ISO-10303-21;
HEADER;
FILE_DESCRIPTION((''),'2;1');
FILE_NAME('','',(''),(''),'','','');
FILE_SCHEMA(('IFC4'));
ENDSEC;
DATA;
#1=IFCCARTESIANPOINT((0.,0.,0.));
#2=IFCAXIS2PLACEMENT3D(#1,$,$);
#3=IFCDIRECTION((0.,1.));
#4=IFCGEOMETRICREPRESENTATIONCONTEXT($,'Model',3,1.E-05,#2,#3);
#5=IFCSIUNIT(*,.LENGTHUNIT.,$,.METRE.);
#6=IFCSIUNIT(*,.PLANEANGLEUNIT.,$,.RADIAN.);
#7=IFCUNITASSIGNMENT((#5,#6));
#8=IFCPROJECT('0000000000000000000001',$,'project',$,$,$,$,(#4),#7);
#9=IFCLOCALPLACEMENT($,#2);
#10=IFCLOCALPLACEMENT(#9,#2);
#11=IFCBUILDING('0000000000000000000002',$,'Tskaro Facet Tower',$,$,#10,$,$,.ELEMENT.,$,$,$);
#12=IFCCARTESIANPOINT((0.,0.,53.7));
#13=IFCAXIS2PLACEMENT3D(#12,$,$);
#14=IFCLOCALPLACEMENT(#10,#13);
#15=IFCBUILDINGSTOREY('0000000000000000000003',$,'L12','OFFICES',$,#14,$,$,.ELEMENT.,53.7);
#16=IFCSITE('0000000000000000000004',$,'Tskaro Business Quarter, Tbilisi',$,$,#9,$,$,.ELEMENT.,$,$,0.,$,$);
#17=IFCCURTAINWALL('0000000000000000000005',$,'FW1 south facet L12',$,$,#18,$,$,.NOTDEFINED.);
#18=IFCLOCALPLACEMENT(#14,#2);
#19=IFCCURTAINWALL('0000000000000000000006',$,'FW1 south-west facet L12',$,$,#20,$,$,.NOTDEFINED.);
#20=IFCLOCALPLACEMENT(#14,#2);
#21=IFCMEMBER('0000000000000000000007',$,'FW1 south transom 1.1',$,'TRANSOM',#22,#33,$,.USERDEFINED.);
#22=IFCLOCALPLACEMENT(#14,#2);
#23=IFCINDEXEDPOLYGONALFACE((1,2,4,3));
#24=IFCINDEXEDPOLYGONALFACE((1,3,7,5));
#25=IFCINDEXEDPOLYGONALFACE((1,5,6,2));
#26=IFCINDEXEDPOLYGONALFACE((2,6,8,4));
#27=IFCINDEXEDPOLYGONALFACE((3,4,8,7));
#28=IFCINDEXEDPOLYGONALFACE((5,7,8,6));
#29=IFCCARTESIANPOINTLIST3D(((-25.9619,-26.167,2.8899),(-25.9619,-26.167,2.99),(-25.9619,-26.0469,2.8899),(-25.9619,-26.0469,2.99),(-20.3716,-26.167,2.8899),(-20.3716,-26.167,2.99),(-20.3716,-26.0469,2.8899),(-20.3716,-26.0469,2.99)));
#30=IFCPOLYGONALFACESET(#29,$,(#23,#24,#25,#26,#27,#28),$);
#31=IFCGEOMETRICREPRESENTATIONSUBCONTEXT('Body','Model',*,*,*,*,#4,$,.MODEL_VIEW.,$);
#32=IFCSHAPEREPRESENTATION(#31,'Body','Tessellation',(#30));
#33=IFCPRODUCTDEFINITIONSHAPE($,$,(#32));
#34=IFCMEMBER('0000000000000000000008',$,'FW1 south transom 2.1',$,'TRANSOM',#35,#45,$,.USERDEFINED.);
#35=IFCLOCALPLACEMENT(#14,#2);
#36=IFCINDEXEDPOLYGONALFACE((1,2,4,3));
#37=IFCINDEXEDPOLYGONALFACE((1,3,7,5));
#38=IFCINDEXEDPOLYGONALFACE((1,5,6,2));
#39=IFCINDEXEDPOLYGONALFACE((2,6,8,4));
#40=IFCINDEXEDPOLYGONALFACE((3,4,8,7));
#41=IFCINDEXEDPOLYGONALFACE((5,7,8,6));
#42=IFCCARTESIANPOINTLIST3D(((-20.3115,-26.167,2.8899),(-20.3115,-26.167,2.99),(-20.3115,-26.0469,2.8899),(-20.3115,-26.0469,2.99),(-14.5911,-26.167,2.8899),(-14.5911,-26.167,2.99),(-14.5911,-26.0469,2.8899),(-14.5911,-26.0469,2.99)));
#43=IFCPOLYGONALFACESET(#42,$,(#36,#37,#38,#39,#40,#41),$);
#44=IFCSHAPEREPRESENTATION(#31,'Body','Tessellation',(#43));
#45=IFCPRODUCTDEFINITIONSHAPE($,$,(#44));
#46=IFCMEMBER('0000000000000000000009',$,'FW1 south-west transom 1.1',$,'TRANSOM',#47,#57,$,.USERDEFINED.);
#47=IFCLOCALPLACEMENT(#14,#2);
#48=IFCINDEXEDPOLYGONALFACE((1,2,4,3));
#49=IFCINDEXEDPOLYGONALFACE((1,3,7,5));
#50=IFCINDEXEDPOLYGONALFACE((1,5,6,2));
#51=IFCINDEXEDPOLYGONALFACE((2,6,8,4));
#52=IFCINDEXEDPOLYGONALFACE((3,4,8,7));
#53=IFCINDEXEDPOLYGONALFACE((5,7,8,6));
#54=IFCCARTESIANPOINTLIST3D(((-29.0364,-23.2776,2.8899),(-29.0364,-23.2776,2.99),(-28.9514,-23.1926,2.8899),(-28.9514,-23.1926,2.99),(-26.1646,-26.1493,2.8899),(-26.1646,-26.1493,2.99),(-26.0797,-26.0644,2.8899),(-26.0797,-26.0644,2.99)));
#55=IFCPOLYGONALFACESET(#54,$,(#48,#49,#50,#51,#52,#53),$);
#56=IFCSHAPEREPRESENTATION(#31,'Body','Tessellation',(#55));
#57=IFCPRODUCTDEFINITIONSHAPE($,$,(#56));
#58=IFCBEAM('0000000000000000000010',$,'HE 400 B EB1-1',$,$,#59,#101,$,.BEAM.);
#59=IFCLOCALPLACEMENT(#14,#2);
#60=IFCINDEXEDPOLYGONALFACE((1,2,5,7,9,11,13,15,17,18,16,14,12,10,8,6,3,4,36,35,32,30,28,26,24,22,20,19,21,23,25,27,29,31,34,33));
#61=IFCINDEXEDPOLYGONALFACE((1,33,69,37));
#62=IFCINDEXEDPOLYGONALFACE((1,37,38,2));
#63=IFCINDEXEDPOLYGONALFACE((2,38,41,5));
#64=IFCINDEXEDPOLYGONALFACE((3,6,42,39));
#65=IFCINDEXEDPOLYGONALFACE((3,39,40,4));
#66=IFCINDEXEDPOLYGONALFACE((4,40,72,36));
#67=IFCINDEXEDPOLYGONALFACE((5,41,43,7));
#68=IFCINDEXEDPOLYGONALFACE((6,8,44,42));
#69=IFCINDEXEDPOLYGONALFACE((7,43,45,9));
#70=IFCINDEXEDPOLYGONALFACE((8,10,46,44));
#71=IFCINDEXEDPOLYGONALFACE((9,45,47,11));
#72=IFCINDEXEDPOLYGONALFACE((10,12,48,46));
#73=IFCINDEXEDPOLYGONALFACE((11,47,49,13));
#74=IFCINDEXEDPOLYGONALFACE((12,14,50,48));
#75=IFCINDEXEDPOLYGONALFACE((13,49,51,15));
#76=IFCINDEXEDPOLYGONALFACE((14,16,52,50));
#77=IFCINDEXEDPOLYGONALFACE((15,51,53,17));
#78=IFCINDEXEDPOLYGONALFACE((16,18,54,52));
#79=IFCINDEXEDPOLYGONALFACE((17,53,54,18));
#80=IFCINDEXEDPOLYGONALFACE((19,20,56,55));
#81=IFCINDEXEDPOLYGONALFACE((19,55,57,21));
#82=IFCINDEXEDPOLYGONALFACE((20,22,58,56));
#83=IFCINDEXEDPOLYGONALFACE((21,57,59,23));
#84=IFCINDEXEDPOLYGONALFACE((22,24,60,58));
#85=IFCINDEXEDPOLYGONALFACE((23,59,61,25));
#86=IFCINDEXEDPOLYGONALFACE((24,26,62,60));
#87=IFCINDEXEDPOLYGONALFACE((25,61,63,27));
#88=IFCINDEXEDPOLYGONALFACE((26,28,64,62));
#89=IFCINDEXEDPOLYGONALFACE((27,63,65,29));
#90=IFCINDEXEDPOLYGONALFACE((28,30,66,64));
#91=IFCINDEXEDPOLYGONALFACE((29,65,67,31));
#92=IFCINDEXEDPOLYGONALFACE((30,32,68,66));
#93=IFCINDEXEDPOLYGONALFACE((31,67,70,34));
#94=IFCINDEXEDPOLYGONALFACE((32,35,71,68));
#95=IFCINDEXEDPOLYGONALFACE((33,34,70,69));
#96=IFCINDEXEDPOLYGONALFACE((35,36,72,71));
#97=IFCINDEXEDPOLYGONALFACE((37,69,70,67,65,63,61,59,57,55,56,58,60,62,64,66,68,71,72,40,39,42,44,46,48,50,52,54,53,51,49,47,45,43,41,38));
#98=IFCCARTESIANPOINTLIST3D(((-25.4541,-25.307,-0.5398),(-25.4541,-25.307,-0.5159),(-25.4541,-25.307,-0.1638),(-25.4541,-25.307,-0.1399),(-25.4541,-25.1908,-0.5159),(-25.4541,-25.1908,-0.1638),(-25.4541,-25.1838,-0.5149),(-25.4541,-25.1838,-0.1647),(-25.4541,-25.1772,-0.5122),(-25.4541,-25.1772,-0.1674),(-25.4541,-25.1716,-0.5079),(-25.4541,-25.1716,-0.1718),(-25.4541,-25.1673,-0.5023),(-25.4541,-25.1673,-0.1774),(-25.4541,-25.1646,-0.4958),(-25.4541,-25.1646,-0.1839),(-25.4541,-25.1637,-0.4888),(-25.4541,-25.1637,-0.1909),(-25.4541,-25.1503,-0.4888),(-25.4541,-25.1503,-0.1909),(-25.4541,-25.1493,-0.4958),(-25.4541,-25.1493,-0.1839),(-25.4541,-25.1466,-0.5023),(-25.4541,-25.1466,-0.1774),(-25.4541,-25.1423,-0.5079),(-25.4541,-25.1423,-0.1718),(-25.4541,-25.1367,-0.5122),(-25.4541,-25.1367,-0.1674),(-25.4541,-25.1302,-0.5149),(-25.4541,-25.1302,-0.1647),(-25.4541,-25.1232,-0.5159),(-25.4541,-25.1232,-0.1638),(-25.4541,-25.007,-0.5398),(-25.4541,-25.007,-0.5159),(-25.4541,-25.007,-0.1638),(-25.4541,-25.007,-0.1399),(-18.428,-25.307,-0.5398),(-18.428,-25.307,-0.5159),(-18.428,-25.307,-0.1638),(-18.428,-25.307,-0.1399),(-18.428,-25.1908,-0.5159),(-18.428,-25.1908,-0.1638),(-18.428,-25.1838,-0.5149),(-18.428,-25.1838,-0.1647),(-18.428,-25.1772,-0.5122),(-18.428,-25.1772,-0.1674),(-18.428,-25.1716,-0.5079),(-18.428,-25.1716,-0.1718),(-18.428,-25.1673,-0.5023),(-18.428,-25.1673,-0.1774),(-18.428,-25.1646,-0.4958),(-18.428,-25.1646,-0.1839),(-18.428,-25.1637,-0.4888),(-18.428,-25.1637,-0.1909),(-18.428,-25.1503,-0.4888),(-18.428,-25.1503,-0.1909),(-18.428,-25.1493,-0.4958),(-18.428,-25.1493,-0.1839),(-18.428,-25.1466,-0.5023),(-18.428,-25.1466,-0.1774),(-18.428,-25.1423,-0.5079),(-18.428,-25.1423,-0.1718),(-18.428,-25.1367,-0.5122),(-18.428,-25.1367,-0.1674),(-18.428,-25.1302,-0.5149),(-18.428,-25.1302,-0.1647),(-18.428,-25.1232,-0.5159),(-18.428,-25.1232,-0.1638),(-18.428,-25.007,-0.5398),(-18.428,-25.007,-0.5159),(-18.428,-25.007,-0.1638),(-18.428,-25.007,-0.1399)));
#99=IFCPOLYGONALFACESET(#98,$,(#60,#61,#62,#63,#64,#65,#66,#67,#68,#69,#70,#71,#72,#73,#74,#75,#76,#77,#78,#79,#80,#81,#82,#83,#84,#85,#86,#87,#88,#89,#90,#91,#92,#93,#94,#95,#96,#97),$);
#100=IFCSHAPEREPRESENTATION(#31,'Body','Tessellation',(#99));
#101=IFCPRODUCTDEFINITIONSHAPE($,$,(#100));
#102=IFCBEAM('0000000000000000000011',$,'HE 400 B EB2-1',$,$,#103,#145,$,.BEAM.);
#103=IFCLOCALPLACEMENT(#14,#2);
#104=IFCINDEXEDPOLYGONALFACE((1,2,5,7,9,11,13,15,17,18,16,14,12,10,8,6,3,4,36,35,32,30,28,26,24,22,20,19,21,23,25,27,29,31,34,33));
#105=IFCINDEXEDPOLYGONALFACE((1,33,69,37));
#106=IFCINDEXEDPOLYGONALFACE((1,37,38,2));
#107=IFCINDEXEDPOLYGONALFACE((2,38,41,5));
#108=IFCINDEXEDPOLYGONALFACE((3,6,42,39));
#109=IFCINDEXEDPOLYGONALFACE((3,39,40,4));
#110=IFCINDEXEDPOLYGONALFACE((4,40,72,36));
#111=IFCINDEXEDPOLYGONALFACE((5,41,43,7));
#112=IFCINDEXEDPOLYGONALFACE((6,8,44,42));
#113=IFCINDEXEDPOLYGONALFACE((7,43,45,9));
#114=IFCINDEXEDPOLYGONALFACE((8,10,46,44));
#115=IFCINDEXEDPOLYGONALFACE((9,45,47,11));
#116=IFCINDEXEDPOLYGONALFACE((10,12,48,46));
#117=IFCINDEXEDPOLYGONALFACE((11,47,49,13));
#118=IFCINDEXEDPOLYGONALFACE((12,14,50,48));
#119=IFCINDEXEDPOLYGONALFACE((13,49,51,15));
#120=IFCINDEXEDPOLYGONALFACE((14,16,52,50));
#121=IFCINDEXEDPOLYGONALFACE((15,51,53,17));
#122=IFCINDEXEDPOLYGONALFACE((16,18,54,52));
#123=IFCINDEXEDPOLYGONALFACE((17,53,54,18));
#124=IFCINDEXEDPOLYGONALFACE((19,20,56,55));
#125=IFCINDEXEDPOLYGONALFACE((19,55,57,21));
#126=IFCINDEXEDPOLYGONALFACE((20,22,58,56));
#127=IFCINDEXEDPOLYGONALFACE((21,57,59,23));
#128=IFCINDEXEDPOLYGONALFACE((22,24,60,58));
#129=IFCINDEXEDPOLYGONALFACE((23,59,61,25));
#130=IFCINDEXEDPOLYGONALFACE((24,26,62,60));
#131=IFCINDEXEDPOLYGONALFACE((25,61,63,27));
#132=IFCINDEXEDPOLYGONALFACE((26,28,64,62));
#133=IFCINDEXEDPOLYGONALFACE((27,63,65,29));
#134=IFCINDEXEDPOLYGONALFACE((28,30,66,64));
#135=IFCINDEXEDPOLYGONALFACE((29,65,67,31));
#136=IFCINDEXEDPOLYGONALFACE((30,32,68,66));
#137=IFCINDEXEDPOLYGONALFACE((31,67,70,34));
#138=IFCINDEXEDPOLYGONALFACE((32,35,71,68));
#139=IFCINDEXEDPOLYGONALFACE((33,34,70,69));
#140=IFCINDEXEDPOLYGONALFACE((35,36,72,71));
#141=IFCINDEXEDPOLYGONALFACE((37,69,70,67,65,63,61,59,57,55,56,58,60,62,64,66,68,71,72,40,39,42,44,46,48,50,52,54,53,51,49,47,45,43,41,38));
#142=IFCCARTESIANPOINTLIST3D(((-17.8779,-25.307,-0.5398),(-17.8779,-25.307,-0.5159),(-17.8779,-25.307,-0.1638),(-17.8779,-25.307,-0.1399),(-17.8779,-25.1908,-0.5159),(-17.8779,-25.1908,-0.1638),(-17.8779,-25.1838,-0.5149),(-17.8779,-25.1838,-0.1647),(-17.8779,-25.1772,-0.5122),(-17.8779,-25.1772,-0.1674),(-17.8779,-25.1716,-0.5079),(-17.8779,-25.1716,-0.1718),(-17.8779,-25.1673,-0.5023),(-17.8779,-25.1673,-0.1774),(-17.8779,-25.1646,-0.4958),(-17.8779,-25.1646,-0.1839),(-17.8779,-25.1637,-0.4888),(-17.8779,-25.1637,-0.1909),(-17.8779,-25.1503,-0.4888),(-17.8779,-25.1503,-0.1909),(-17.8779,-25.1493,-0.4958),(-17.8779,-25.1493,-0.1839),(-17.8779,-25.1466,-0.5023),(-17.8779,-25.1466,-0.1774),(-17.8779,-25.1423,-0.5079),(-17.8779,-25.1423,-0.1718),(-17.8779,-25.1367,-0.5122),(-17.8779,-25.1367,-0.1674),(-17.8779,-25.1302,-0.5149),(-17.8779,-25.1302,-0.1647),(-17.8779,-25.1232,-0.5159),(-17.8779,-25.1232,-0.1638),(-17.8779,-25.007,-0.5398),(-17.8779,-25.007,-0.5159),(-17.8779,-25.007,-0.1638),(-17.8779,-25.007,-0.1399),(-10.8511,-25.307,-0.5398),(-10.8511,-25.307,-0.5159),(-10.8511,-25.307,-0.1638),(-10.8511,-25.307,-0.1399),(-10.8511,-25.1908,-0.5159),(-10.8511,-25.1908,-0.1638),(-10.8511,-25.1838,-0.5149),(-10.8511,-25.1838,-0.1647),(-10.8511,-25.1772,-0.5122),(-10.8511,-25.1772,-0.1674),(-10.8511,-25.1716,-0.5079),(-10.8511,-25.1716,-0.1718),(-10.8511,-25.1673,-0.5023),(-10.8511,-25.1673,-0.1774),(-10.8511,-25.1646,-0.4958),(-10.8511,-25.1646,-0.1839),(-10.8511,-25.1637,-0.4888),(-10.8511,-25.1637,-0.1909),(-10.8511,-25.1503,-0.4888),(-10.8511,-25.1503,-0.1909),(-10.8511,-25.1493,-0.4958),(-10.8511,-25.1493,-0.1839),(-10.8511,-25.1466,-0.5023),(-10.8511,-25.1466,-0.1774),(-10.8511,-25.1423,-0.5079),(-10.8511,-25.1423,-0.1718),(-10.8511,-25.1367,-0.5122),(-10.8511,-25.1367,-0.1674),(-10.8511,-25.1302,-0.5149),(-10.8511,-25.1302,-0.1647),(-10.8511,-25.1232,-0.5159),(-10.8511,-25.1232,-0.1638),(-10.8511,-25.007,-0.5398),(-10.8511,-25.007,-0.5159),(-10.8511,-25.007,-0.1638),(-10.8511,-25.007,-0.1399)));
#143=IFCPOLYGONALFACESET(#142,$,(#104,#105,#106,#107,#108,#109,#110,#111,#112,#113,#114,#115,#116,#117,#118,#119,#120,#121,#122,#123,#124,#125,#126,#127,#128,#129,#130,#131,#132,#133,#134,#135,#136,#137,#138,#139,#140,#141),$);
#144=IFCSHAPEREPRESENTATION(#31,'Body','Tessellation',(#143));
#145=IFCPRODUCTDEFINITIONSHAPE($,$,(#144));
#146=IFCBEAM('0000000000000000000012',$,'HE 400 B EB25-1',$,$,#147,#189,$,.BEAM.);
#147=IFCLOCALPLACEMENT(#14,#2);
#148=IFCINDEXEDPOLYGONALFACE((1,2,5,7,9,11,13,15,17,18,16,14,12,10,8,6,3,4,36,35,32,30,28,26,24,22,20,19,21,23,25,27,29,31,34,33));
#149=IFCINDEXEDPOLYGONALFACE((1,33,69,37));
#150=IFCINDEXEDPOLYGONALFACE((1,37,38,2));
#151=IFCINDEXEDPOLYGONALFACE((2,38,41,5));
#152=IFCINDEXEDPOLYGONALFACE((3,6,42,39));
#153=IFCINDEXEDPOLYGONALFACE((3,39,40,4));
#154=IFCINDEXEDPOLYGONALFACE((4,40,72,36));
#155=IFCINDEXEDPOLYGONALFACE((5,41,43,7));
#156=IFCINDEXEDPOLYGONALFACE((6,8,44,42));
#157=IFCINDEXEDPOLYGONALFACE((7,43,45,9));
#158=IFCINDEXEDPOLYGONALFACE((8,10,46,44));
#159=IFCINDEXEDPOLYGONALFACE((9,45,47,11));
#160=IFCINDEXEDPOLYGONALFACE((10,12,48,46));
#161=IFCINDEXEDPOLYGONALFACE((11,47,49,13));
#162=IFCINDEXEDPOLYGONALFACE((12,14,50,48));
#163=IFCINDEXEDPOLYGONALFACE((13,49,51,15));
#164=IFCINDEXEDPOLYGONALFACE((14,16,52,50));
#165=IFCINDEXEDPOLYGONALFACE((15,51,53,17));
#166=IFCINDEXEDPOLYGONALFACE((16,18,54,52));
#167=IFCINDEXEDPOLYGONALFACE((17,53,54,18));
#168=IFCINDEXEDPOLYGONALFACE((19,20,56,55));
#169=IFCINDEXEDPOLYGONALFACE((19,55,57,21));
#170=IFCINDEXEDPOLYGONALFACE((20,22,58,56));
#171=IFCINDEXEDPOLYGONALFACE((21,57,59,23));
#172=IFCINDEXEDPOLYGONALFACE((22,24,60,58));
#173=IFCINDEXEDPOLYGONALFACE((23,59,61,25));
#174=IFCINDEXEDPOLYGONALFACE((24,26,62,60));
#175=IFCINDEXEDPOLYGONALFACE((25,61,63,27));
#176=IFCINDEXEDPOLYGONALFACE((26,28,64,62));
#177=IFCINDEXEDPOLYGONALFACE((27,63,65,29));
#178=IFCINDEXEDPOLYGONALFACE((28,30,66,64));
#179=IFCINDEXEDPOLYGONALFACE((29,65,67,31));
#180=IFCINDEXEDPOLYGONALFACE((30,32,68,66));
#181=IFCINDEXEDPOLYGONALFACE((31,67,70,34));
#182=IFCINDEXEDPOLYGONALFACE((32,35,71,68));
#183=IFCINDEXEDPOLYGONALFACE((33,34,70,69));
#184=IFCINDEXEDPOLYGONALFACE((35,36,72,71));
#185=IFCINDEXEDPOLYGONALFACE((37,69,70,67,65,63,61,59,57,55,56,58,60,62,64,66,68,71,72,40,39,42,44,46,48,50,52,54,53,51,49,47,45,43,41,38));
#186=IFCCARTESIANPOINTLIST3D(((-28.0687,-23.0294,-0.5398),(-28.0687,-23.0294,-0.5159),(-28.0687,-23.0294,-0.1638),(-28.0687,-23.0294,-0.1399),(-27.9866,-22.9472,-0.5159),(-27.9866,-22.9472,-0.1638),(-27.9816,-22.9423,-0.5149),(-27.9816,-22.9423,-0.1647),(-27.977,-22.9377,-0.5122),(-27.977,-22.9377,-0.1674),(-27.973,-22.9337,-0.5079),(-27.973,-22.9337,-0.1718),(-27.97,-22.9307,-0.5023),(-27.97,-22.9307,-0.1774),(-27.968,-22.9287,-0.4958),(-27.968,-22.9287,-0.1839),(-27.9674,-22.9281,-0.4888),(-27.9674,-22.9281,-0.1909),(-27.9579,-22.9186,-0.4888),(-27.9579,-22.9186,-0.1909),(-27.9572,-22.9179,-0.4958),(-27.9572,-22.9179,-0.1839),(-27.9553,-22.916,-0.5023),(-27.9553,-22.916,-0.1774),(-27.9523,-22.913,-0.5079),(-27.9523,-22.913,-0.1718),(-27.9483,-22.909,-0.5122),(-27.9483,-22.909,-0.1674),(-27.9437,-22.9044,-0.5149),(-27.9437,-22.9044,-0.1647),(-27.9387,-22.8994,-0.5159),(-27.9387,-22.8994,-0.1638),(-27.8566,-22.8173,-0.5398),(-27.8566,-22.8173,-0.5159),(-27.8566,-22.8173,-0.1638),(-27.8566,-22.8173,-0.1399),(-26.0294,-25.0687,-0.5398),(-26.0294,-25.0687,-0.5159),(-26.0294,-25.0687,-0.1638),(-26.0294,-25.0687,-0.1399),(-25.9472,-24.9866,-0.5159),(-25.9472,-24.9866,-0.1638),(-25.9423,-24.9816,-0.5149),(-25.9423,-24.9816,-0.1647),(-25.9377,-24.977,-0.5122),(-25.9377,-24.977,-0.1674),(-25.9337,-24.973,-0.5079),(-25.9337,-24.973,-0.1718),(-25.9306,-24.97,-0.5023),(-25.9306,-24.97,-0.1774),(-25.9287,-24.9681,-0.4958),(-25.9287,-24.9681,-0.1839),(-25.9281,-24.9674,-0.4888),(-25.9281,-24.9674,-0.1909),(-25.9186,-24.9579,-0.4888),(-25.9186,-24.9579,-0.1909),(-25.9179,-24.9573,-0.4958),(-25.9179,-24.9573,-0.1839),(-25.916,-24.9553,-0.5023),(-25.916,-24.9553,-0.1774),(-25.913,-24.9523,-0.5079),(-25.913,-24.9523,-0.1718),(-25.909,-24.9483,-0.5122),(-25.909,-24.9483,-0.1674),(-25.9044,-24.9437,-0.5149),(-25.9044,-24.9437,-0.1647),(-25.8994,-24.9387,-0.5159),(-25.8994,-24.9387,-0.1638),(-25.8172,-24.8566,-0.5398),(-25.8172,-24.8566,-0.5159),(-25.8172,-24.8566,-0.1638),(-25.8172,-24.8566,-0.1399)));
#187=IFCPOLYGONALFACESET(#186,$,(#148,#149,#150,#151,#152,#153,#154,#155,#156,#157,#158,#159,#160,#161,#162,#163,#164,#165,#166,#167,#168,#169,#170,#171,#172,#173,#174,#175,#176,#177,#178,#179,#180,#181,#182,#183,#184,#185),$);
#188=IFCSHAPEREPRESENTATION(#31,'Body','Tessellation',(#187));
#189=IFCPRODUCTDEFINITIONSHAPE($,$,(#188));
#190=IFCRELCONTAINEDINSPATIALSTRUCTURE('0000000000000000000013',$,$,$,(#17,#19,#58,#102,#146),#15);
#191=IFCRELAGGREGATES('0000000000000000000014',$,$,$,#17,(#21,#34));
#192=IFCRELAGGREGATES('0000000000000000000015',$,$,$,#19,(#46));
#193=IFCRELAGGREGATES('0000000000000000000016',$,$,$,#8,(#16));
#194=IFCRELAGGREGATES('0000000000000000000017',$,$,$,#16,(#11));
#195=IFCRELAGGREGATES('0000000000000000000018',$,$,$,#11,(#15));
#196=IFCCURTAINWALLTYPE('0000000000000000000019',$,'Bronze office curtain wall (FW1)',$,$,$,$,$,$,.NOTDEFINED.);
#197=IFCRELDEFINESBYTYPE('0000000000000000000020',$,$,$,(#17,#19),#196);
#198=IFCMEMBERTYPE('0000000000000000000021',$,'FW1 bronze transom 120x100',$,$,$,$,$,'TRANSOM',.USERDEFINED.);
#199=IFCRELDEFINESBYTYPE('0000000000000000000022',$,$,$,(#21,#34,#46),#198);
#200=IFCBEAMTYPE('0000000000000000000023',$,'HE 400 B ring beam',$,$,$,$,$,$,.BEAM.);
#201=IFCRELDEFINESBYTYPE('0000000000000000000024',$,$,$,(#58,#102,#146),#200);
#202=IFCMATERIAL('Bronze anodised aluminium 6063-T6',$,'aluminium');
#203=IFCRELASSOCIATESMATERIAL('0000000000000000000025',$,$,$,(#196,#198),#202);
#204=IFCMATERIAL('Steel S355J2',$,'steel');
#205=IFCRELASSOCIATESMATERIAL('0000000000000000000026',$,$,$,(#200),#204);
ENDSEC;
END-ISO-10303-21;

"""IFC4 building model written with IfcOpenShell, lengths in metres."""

from ifc_helpers import new_model, si_unit, direction, frame, origin, origin_2d, place, context, subcontext, project, spatial, rectangle, i_section, extrude, material, material_profile, profile_set, type_object, element, aggregate, save


model = new_model("IFC4")

# Units and contexts
model_context = context("Model", 3, precision=1e-05, world=origin(), true_north=direction((0.0, 1.0)))
body_context = subcontext(model_context, "Body", "Model", "MODEL_VIEW")
ifc_project = project(units=[si_unit("LENGTHUNIT", "METRE"), si_unit("PLANEANGLEUNIT", "RADIAN")], contexts=[model_context])

# Site, building, storey
site_placement = place(None, origin())
site = spatial("IfcSite", under=ifc_project, at=site_placement, Name="Tskaro Business Quarter, Tbilisi", CompositionType="ELEMENT", RefElevation=0.0)
building_placement = place(site_placement, origin())
building = spatial("IfcBuilding", under=site, at=building_placement, Name="Tskaro Facet Tower", CompositionType="ELEMENT")
storey_placement = place(building_placement, frame((0.0, 0.0, 53.7)))
storey = spatial("IfcBuildingStorey", under=building, at=storey_placement, Name="L12", Description="OFFICES", CompositionType="ELEMENT", Elevation=53.7)

# Curtain walls
ifc_material_1 = material(Name="Bronze anodised aluminium 6063-T6", Category="aluminium")
curtain_wall_type = type_object("IfcCurtainWallType", Name="Bronze office curtain wall (FW1)", PredefinedType="NOTDEFINED", material=ifc_material_1)
curtain_wall_1_placement = place(storey_placement, origin())
curtain_wall_1 = element("IfcCurtainWall", 1, at=curtain_wall_1_placement, inside=storey, type_object=curtain_wall_type, Name="FW1 south facet L12", PredefinedType="NOTDEFINED")
curtain_wall_2_placement = place(storey_placement, origin())
curtain_wall_2 = element("IfcCurtainWall", 2, at=curtain_wall_2_placement, inside=storey, type_object=curtain_wall_type, Name="FW1 south-west facet L12", PredefinedType="NOTDEFINED")

# Members
ifc_material_profile_1 = material_profile(ifc_material_1, rectangle(XDim=0.1201, YDim=0.1001, at=origin_2d()), Name="Transom 120x100")
ifc_profile_set_1 = profile_set([ifc_material_profile_1], Name="Bronze anodised aluminium 6063-T6")
member_type_1 = type_object("IfcMemberType", Name="FW1 bronze transom 120x100", ElementType="TRANSOM", PredefinedType="USERDEFINED", material=ifc_profile_set_1)
member_1_placement = place(storey_placement, frame((-25.9619, -26.1069, 2.9399), z_axis=(1.0, 0.0, 0.0), x_axis=(0.0, 1.0, 0.0)))
member_1 = element("IfcMember", 3, at=member_1_placement, type_object=member_type_1, Name="FW1 south transom 1.1", ObjectType="TRANSOM", PredefinedType="USERDEFINED", context=body_context, shape_type="SweptSolid", body=[
    extrude(rectangle(XDim=0.1201, YDim=0.1001, at=origin_2d()), origin(), (0.0, 0.0, 1.0), 5.5903),
])
member_2_placement = place(storey_placement, frame((-20.3115, -26.1069, 2.9399), z_axis=(1.0, 0.0, 0.0), x_axis=(0.0, 1.0, 0.0)))
member_2 = element("IfcMember", 4, at=member_2_placement, type_object=member_type_1, Name="FW1 south transom 2.1", ObjectType="TRANSOM", PredefinedType="USERDEFINED", context=body_context, shape_type="SweptSolid", body=[
    extrude(rectangle(XDim=0.1201, YDim=0.1001, at=origin_2d()), origin(), (0.0, 0.0, 1.0), 5.7205),
])
member_3_placement = place(storey_placement, frame((-28.9939, -23.2351, 2.9399), z_axis=(0.707107, -0.707107, 0.0), x_axis=(0.707107, 0.707107, 0.0)))
member_3 = element("IfcMember", 5, at=member_3_placement, type_object=member_type_1, Name="FW1 south-west transom 1.1", ObjectType="TRANSOM", PredefinedType="USERDEFINED", context=body_context, shape_type="SweptSolid", body=[
    extrude(rectangle(XDim=0.1201, YDim=0.1001, at=origin_2d()), origin(), (0.0, 0.0, 1.0), 4.0613),
])

# Beams
ifc_material_2 = material(Name="Steel S355J2", Category="steel")
ifc_material_profile_2 = material_profile(ifc_material_2, i_section(OverallWidth=0.3, OverallDepth=0.3999, WebThickness=0.0134, FlangeThickness=0.0239, FilletRadius=0.0271, at=origin_2d()), Name="HE 400 B")
ifc_profile_set_2 = profile_set([ifc_material_profile_2], Name="Steel S355J2")
beam_type_1 = type_object("IfcBeamType", Name="HE 400 B ring beam", PredefinedType="BEAM", material=ifc_profile_set_2)
beam_1_placement = place(storey_placement, frame((-25.4541, -25.157, -0.3398), z_axis=(1.0, 0.0, 0.0), x_axis=(0.0, 1.0, 0.0)))
element("IfcBeam", 6, at=beam_1_placement, inside=storey, type_object=beam_type_1, Name="HE 400 B EB1-1", PredefinedType="BEAM", context=body_context, shape_type="SweptSolid", body=[
    extrude(i_section(OverallWidth=0.3, OverallDepth=0.3999, WebThickness=0.0134, FlangeThickness=0.0239, FilletRadius=0.0271, at=origin_2d()), origin(), (0.0, 0.0, 1.0), 7.0261),
])
beam_2_placement = place(storey_placement, frame((-17.8779, -25.157, -0.3398), z_axis=(1.0, 0.0, 0.0), x_axis=(0.0, 1.0, 0.0)))
element("IfcBeam", 7, at=beam_2_placement, inside=storey, type_object=beam_type_1, Name="HE 400 B EB2-1", PredefinedType="BEAM", context=body_context, shape_type="SweptSolid", body=[
    extrude(i_section(OverallWidth=0.3, OverallDepth=0.3999, WebThickness=0.0134, FlangeThickness=0.0239, FilletRadius=0.0271, at=origin_2d()), origin(), (0.0, 0.0, 1.0), 7.0269),
])
beam_3_placement = place(storey_placement, frame((-27.9626, -22.9233, -0.3398), z_axis=(0.707107, -0.707107, 0.0), x_axis=(0.707107, 0.707107, 0.0)))
element("IfcBeam", 8, at=beam_3_placement, inside=storey, type_object=beam_type_1, Name="HE 400 B EB25-1", PredefinedType="BEAM", context=body_context, shape_type="SweptSolid", body=[
    extrude(i_section(OverallWidth=0.3, OverallDepth=0.3999, WebThickness=0.0134, FlangeThickness=0.0239, FilletRadius=0.0271, at=origin_2d()), origin(), (0.0, 0.0, 1.0), 2.884),
])

aggregate(curtain_wall_1, [member_1, member_2])

aggregate(curtain_wall_2, [member_3])

save(model, "model.ifc")
